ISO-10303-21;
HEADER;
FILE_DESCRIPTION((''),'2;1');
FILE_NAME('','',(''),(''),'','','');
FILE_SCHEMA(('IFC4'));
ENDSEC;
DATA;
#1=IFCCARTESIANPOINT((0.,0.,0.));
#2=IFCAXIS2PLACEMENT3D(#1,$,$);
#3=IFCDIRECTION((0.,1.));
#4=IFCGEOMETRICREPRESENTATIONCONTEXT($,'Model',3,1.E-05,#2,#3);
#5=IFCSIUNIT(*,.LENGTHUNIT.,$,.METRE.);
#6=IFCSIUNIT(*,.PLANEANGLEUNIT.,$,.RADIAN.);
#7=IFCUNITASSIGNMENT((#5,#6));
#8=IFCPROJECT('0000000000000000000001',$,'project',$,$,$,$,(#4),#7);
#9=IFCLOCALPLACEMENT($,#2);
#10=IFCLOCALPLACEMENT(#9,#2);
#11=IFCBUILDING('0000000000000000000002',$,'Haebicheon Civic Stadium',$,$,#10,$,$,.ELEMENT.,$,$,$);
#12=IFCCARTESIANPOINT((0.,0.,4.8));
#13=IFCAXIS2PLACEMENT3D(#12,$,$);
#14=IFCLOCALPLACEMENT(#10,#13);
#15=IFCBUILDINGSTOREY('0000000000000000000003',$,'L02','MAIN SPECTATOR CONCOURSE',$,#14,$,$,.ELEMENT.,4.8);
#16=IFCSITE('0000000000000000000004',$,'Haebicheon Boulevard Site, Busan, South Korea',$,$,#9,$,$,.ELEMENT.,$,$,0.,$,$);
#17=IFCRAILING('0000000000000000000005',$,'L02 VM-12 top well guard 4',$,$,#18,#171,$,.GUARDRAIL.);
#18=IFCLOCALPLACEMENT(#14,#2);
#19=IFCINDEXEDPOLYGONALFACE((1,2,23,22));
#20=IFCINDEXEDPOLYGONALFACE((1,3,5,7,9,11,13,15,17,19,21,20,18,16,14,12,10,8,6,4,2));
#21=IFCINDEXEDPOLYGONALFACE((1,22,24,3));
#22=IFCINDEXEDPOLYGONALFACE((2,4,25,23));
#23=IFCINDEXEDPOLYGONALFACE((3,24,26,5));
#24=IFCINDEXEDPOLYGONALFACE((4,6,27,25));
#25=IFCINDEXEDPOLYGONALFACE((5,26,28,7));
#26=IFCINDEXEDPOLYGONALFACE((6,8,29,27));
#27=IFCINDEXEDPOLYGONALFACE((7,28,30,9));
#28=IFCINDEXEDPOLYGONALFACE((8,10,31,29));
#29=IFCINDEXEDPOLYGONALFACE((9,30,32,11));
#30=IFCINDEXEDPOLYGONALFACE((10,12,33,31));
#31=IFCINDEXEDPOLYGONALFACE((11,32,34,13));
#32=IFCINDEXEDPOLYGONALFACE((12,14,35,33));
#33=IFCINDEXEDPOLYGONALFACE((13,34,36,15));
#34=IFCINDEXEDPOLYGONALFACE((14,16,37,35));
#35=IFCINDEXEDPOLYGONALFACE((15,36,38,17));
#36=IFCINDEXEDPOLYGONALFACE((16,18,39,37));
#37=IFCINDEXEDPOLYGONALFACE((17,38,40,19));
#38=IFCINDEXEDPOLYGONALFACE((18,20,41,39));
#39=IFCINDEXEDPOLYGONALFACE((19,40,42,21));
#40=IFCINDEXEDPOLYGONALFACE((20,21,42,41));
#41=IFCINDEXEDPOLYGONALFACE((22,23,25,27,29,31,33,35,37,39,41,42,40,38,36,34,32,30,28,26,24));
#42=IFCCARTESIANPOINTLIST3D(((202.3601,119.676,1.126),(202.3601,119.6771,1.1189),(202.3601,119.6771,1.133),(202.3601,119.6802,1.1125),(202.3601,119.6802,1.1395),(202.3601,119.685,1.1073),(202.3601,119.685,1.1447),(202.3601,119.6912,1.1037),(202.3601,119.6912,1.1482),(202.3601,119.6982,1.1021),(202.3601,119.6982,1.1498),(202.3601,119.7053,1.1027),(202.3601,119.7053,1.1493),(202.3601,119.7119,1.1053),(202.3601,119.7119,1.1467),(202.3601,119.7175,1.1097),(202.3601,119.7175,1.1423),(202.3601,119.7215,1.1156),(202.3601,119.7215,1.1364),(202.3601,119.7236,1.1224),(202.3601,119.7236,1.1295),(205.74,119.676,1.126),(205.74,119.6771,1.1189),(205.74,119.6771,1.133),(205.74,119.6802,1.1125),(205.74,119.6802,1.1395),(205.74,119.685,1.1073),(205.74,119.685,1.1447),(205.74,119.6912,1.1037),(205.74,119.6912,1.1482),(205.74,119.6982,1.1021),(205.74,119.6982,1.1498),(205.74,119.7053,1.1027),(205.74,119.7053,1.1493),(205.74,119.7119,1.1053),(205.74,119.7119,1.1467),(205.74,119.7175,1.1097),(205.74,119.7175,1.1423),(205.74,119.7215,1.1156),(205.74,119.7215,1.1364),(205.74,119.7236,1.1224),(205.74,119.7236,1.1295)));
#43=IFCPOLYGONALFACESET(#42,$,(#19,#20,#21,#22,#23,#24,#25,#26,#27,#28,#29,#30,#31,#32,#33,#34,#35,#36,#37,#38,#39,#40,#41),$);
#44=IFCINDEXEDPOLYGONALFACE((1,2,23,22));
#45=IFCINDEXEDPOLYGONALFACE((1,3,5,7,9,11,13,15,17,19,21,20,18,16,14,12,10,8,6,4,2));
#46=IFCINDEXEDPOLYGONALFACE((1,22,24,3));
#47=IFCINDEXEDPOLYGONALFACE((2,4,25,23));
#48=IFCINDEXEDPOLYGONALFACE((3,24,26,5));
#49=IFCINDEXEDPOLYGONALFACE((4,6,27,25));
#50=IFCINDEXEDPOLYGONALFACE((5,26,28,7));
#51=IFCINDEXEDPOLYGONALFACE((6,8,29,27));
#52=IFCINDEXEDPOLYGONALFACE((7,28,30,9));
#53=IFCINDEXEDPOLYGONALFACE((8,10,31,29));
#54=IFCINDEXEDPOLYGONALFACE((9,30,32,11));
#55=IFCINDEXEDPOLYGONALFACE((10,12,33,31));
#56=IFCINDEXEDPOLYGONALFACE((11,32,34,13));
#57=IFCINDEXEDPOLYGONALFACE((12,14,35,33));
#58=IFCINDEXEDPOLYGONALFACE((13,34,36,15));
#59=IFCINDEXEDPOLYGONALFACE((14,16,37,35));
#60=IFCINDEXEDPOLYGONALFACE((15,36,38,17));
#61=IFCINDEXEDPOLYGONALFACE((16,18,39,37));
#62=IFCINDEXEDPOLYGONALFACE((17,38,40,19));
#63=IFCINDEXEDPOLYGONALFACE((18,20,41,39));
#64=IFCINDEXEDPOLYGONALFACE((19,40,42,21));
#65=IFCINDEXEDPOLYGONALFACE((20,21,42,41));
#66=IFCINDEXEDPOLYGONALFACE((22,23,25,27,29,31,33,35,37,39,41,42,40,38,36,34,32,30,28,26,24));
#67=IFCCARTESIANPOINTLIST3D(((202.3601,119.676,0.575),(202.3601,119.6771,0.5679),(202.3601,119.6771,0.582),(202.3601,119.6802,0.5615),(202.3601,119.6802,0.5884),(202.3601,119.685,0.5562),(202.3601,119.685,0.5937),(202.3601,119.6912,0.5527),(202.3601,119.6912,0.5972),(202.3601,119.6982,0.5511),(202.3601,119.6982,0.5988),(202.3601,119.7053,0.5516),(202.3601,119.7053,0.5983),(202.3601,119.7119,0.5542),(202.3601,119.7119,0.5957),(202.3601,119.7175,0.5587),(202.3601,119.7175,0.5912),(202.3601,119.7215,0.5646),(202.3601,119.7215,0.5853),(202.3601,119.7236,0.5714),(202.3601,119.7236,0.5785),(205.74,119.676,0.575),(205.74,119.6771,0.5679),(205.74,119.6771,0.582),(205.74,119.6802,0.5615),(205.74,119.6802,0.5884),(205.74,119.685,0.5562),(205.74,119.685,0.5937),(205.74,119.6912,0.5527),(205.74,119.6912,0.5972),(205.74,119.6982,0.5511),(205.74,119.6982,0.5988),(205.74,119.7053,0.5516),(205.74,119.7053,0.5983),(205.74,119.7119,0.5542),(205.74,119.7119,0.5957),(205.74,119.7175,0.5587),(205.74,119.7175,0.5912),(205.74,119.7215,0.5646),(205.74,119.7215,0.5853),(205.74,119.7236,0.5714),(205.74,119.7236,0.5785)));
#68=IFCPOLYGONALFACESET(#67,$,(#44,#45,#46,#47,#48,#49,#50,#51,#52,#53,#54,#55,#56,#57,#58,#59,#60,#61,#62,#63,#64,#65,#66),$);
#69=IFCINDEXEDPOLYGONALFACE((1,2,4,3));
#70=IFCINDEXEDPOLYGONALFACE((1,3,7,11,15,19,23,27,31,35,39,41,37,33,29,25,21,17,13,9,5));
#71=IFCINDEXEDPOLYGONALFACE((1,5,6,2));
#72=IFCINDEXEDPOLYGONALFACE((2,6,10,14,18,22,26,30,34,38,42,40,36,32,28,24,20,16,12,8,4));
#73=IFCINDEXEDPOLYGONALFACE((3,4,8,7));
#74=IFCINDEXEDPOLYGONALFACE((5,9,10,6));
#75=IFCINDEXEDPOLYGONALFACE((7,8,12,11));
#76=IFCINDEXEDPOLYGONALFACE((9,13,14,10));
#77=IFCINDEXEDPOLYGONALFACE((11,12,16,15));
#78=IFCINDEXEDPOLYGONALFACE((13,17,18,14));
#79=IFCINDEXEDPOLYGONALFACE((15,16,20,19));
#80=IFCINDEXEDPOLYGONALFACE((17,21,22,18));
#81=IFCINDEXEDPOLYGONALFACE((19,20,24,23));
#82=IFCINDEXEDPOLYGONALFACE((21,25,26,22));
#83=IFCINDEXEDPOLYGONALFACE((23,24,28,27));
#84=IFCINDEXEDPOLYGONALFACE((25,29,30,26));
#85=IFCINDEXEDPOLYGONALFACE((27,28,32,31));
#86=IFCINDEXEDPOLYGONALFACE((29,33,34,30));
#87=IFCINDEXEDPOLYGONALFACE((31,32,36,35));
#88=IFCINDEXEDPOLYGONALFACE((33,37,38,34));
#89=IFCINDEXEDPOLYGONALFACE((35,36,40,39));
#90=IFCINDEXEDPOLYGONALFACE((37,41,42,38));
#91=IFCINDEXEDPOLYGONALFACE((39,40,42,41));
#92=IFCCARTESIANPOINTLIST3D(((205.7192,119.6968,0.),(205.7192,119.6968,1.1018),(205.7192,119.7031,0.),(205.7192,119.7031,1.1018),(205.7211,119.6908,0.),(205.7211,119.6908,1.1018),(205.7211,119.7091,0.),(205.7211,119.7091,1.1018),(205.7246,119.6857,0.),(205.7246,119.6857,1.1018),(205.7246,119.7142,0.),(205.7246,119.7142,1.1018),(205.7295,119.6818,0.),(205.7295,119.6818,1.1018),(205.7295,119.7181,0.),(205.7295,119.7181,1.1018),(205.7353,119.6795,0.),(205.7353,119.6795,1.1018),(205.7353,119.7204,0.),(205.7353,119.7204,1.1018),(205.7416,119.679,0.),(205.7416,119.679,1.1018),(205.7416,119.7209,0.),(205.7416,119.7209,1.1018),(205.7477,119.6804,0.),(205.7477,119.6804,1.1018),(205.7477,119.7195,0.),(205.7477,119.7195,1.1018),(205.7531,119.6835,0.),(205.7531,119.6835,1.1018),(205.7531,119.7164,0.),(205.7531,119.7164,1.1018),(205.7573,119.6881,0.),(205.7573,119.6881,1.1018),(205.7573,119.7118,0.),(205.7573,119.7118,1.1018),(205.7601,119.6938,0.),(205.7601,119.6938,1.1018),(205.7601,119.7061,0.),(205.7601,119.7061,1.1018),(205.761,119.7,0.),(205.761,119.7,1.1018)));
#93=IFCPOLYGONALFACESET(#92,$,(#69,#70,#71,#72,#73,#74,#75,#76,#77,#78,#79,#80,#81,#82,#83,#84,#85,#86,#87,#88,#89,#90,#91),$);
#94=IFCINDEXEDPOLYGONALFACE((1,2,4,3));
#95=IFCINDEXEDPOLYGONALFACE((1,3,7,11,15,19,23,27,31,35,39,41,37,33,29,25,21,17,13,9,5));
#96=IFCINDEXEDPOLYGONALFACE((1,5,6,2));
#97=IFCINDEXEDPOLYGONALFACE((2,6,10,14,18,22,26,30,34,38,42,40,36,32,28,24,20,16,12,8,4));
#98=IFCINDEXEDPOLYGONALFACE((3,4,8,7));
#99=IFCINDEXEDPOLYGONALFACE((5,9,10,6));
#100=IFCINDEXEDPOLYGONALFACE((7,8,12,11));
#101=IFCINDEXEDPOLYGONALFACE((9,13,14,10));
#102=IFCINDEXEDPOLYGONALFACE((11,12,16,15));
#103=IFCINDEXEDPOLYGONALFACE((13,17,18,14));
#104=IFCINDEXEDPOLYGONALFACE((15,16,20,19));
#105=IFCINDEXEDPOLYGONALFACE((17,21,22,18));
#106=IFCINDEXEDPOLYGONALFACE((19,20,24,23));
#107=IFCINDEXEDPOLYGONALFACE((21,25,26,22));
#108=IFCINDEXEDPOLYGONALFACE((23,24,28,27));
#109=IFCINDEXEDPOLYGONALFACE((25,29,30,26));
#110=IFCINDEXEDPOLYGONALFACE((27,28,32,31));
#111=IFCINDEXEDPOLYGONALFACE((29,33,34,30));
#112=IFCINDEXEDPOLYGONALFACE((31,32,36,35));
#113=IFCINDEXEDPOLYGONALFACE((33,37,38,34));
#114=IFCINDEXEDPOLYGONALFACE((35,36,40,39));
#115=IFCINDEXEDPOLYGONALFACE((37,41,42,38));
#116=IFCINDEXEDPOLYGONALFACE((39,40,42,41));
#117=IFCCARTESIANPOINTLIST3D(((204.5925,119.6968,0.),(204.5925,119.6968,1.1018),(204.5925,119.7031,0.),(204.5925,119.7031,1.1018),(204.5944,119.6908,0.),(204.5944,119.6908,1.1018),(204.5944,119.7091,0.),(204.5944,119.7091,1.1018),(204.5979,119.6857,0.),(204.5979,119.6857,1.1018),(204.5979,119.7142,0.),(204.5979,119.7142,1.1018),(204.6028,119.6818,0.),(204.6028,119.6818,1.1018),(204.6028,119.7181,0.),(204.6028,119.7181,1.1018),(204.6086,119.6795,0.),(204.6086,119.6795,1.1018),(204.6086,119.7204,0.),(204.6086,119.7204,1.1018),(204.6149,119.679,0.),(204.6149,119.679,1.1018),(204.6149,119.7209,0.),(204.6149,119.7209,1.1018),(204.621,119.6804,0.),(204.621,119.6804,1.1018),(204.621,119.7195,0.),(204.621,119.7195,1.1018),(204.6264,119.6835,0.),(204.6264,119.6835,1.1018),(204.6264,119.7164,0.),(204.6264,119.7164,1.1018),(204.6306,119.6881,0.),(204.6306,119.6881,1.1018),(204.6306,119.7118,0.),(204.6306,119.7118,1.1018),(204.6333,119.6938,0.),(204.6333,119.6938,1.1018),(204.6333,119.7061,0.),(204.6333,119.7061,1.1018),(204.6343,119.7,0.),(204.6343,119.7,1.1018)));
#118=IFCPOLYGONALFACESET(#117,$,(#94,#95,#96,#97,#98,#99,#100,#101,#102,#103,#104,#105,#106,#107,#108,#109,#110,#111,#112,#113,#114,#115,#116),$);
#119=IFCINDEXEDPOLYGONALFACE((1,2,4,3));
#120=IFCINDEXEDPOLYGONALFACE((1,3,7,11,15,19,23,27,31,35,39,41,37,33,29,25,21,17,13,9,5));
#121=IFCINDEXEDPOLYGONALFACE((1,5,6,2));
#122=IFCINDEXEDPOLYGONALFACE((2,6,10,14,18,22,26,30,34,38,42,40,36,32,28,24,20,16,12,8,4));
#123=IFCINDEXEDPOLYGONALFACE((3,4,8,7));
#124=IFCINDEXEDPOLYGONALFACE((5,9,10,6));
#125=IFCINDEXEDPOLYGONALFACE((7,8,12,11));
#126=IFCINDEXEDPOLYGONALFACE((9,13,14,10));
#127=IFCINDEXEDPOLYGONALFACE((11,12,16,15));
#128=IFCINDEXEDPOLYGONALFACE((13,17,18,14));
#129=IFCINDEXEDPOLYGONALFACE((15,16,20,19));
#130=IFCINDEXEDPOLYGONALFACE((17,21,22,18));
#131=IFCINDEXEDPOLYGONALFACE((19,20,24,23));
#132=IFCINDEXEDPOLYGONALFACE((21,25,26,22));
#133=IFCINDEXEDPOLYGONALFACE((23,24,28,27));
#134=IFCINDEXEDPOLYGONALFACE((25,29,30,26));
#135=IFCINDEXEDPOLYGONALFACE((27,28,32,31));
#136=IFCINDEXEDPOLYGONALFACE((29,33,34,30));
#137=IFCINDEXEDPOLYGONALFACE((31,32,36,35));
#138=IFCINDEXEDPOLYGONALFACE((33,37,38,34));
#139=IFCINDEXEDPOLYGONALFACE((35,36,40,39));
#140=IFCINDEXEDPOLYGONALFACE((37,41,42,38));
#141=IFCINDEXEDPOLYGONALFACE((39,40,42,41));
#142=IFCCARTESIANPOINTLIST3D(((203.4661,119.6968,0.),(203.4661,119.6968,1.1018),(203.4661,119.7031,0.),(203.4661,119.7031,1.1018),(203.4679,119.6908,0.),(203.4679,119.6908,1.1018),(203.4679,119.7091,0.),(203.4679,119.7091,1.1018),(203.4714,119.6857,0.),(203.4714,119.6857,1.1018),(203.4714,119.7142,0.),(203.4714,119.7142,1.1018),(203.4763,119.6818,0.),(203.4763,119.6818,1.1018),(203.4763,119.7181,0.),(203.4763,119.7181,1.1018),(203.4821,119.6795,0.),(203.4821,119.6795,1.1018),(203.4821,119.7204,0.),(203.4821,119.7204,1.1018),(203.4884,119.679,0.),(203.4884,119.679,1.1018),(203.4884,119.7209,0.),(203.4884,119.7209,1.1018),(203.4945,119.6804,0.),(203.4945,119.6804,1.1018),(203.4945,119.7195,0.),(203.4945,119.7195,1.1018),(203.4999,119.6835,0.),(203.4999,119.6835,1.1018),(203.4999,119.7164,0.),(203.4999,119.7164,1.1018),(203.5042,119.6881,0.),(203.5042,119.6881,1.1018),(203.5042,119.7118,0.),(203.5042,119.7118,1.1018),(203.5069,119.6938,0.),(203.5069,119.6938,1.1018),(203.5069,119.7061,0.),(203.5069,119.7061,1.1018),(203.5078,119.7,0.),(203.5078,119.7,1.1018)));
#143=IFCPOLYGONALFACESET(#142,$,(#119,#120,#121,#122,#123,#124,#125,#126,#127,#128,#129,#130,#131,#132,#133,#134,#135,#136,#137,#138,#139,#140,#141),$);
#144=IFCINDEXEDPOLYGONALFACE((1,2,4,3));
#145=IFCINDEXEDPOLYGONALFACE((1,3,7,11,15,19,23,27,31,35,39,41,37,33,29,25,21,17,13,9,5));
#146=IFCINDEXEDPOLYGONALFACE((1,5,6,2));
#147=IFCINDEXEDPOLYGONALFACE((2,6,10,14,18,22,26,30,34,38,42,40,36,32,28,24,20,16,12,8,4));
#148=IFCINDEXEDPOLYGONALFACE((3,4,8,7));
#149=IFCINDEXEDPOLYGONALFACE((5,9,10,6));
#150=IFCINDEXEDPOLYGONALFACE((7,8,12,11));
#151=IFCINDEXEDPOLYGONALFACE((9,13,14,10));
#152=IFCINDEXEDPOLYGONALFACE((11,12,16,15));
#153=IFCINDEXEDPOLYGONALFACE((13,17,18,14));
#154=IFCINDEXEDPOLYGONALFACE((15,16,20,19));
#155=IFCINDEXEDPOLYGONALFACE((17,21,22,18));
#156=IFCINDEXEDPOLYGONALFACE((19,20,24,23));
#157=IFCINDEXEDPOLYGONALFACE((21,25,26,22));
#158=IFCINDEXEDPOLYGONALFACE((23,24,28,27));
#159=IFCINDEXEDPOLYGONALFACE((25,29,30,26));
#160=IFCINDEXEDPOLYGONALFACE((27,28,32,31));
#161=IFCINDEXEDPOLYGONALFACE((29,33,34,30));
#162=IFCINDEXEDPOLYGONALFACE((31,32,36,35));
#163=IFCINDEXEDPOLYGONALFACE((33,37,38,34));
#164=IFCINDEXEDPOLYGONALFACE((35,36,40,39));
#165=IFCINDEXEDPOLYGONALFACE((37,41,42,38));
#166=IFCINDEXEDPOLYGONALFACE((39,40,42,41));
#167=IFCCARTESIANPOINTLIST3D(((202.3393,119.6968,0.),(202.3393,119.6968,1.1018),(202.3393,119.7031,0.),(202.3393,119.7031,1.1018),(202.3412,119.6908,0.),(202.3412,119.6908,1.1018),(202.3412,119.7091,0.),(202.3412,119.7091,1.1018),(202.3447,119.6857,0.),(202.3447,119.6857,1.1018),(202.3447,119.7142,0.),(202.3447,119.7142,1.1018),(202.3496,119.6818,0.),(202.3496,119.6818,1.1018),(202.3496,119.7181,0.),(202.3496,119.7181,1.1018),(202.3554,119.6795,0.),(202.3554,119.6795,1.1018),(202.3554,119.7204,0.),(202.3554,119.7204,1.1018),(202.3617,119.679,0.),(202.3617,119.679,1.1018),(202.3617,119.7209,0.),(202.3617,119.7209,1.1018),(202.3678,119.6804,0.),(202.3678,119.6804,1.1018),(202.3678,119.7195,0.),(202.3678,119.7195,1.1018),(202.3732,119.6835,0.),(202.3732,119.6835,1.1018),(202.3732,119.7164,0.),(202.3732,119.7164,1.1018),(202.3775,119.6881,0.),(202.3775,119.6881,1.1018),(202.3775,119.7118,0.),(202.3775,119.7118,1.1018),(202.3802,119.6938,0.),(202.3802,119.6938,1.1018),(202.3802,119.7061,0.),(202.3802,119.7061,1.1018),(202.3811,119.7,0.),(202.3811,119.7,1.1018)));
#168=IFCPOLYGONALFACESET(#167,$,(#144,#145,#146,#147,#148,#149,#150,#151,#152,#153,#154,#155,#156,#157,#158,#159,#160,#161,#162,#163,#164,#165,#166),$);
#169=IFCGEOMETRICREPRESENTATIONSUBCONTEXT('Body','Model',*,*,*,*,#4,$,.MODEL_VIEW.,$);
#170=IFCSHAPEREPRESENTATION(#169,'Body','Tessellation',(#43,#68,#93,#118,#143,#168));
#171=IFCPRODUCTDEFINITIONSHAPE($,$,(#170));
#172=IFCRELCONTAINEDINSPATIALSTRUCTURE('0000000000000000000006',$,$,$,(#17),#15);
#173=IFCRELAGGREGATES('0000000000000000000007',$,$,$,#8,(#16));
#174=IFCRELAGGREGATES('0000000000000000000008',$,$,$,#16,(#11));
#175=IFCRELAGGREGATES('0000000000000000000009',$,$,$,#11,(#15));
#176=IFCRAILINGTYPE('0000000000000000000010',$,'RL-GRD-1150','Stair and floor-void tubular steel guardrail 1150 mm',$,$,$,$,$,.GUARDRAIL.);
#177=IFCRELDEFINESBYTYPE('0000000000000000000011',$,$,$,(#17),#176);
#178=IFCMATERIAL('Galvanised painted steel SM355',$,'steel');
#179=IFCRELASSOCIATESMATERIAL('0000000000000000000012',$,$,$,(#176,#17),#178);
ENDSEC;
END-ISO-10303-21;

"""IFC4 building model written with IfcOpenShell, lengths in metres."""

from ifc_helpers import new_model, si_unit, direction, frame, origin, origin_2d, place, context, subcontext, project, spatial, circle, extrude, material, type_object, element, save


model = new_model("IFC4")

# Units and contexts
model_context = context("Model", 3, precision=1e-05, world=origin(), true_north=direction((0.0, 1.0)))
body_context = subcontext(model_context, "Body", "Model", "MODEL_VIEW")
ifc_project = project(units=[si_unit("LENGTHUNIT", "METRE"), si_unit("PLANEANGLEUNIT", "RADIAN")], contexts=[model_context])

# Site, building, storey
site_placement = place(None, origin())
site = spatial("IfcSite", under=ifc_project, at=site_placement, Name="Haebicheon Boulevard Site, Busan, South Korea", CompositionType="ELEMENT", RefElevation=0.0)
building_placement = place(site_placement, origin())
building = spatial("IfcBuilding", under=site, at=building_placement, Name="Haebicheon Civic Stadium", CompositionType="ELEMENT")
storey_placement = place(building_placement, frame((0.0, 0.0, 4.8)))
storey = spatial("IfcBuildingStorey", under=building, at=storey_placement, Name="L02", Description="MAIN SPECTATOR CONCOURSE", CompositionType="ELEMENT", Elevation=4.8)

# Railing
ifc_material_1 = material(Name="Galvanised painted steel SM355", Category="steel")
railing_type_1 = type_object("IfcRailingType", Name="RL-GRD-1150", Description="Stair and floor-void tubular steel guardrail 1150 mm", PredefinedType="GUARDRAIL", material=ifc_material_1)
railing_1_placement = place(storey_placement, frame((205.74, 119.7, 0.0)))
element("IfcRailing", 1, at=railing_1_placement, inside=storey, type_object=railing_type_1, material=ifc_material_1, Name="L02 VM-12 top well guard 4", PredefinedType="GUARDRAIL", context=body_context, shape_type="SweptSolid", body=[
    extrude(circle(Radius=0.0239, at=origin_2d()), frame((0.0, 0.0, 1.126), z_axis=(-1.0, 0.0, 0.0), x_axis=(0.0, -1.0, 0.0)), (0.0, 0.0, 1.0), 3.3799),
    extrude(circle(Radius=0.0239, at=origin_2d()), frame((0.0, 0.0, 0.575), z_axis=(-1.0, 0.0, 0.0), x_axis=(0.0, -1.0, 0.0)), (0.0, 0.0, 1.0), 3.3799),
    extrude(circle(Radius=0.021, at=origin_2d()), origin(), (0.0, 0.0, 1.0), 1.1018),
    extrude(circle(Radius=0.021, at=origin_2d()), frame((-1.1267, 0.0, 0.0)), (0.0, 0.0, 1.0), 1.1018),
    extrude(circle(Radius=0.021, at=origin_2d()), frame((-2.2532, 0.0, 0.0)), (0.0, 0.0, 1.0), 1.1018),
    extrude(circle(Radius=0.021, at=origin_2d()), frame((-3.3799, 0.0, 0.0)), (0.0, 0.0, 1.0), 1.1018),
])

save(model, "model.ifc")
